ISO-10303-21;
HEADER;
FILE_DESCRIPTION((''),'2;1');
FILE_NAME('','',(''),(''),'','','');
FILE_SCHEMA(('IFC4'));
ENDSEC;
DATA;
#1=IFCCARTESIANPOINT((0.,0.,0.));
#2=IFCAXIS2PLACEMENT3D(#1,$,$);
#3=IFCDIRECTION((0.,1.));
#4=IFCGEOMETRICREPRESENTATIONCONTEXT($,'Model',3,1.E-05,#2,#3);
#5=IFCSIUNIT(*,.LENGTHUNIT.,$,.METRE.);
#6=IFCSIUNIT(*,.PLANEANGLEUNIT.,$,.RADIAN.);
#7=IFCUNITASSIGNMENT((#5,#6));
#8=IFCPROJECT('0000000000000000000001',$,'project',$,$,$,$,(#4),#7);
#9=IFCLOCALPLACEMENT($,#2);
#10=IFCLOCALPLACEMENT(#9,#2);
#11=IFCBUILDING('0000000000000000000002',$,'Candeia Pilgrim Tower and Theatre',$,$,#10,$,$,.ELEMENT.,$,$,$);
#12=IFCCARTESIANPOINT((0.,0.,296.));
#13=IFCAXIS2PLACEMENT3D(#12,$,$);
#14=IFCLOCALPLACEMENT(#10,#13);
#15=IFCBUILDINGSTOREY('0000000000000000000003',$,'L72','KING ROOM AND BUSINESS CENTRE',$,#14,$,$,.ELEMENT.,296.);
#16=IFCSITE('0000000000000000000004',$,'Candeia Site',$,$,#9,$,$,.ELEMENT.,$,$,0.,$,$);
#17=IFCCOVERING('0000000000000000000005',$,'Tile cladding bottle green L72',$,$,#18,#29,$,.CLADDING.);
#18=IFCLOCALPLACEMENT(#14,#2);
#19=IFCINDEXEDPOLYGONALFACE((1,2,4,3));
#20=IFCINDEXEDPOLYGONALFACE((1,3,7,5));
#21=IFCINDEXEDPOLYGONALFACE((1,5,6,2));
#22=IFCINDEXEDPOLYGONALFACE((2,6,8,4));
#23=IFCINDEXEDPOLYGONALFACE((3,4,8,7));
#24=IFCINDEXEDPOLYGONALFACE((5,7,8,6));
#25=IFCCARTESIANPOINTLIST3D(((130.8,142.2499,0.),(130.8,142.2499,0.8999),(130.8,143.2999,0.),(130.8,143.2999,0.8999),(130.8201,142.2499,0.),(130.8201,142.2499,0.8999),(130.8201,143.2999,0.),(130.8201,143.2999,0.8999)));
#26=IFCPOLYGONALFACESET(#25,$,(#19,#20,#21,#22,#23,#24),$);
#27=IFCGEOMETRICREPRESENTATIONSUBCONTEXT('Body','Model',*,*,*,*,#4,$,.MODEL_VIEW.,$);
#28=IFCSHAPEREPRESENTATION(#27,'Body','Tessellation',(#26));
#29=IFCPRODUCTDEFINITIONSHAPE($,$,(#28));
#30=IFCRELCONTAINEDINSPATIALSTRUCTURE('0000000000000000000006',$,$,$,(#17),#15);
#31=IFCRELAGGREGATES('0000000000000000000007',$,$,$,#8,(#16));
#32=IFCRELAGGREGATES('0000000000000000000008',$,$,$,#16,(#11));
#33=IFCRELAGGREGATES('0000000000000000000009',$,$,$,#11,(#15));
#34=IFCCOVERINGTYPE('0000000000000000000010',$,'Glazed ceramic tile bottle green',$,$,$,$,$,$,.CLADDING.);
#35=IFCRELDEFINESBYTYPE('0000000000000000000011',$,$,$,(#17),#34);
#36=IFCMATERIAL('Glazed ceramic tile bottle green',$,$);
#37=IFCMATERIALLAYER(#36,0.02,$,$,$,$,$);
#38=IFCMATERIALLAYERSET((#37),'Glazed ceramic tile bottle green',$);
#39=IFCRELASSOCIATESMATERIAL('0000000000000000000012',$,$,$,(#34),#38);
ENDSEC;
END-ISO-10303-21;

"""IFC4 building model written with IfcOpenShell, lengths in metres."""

from ifc_helpers import new_model, si_unit, direction, frame, origin, origin_2d, place, context, subcontext, project, spatial, rectangle, extrude, material, layer, layer_set, type_object, element, save


model = new_model("IFC4")

# Units and contexts
model_context = context("Model", 3, precision=1e-05, world=origin(), true_north=direction((0.0, 1.0)))
body_context = subcontext(model_context, "Body", "Model", "MODEL_VIEW")
ifc_project = project(units=[si_unit("LENGTHUNIT", "METRE"), si_unit("PLANEANGLEUNIT", "RADIAN")], contexts=[model_context])

# Site, building, storey
site_placement = place(None, origin())
site = spatial("IfcSite", under=ifc_project, at=site_placement, Name="Candeia Site", CompositionType="ELEMENT", RefElevation=0.0)
building_placement = place(site_placement, origin())
building = spatial("IfcBuilding", under=site, at=building_placement, Name="Candeia Pilgrim Tower and Theatre", CompositionType="ELEMENT")
storey_placement = place(building_placement, frame((0.0, 0.0, 296.0)))
storey = spatial("IfcBuildingStorey", under=building, at=storey_placement, Name="L72", Description="KING ROOM AND BUSINESS CENTRE", CompositionType="ELEMENT", Elevation=296.0)

# Covering
ifc_material_1 = material(Name="Glazed ceramic tile bottle green")
ifc_layer_1 = layer(ifc_material_1, 0.02)
ifc_layer_set_1 = layer_set([ifc_layer_1], Name="Glazed ceramic tile bottle green")
covering_type = type_object("IfcCoveringType", Name="Glazed ceramic tile bottle green", PredefinedType="CLADDING", material=ifc_layer_set_1)
covering_1_placement = place(storey_placement, frame((130.8101, 142.7749, 0.0), z_axis=(0.0, 0.0, 1.0), x_axis=(0.0, 1.0, 0.0)))
element("IfcCovering", 1, at=covering_1_placement, inside=storey, type_object=covering_type, Name="Tile cladding bottle green L72", PredefinedType="CLADDING", context=body_context, shape_type="SweptSolid", body=[
    extrude(rectangle(XDim=1.05, YDim=0.02, at=origin_2d()), origin(), (0.0, 0.0, 1.0), 0.8999),
])

save(model, "model.ifc")
